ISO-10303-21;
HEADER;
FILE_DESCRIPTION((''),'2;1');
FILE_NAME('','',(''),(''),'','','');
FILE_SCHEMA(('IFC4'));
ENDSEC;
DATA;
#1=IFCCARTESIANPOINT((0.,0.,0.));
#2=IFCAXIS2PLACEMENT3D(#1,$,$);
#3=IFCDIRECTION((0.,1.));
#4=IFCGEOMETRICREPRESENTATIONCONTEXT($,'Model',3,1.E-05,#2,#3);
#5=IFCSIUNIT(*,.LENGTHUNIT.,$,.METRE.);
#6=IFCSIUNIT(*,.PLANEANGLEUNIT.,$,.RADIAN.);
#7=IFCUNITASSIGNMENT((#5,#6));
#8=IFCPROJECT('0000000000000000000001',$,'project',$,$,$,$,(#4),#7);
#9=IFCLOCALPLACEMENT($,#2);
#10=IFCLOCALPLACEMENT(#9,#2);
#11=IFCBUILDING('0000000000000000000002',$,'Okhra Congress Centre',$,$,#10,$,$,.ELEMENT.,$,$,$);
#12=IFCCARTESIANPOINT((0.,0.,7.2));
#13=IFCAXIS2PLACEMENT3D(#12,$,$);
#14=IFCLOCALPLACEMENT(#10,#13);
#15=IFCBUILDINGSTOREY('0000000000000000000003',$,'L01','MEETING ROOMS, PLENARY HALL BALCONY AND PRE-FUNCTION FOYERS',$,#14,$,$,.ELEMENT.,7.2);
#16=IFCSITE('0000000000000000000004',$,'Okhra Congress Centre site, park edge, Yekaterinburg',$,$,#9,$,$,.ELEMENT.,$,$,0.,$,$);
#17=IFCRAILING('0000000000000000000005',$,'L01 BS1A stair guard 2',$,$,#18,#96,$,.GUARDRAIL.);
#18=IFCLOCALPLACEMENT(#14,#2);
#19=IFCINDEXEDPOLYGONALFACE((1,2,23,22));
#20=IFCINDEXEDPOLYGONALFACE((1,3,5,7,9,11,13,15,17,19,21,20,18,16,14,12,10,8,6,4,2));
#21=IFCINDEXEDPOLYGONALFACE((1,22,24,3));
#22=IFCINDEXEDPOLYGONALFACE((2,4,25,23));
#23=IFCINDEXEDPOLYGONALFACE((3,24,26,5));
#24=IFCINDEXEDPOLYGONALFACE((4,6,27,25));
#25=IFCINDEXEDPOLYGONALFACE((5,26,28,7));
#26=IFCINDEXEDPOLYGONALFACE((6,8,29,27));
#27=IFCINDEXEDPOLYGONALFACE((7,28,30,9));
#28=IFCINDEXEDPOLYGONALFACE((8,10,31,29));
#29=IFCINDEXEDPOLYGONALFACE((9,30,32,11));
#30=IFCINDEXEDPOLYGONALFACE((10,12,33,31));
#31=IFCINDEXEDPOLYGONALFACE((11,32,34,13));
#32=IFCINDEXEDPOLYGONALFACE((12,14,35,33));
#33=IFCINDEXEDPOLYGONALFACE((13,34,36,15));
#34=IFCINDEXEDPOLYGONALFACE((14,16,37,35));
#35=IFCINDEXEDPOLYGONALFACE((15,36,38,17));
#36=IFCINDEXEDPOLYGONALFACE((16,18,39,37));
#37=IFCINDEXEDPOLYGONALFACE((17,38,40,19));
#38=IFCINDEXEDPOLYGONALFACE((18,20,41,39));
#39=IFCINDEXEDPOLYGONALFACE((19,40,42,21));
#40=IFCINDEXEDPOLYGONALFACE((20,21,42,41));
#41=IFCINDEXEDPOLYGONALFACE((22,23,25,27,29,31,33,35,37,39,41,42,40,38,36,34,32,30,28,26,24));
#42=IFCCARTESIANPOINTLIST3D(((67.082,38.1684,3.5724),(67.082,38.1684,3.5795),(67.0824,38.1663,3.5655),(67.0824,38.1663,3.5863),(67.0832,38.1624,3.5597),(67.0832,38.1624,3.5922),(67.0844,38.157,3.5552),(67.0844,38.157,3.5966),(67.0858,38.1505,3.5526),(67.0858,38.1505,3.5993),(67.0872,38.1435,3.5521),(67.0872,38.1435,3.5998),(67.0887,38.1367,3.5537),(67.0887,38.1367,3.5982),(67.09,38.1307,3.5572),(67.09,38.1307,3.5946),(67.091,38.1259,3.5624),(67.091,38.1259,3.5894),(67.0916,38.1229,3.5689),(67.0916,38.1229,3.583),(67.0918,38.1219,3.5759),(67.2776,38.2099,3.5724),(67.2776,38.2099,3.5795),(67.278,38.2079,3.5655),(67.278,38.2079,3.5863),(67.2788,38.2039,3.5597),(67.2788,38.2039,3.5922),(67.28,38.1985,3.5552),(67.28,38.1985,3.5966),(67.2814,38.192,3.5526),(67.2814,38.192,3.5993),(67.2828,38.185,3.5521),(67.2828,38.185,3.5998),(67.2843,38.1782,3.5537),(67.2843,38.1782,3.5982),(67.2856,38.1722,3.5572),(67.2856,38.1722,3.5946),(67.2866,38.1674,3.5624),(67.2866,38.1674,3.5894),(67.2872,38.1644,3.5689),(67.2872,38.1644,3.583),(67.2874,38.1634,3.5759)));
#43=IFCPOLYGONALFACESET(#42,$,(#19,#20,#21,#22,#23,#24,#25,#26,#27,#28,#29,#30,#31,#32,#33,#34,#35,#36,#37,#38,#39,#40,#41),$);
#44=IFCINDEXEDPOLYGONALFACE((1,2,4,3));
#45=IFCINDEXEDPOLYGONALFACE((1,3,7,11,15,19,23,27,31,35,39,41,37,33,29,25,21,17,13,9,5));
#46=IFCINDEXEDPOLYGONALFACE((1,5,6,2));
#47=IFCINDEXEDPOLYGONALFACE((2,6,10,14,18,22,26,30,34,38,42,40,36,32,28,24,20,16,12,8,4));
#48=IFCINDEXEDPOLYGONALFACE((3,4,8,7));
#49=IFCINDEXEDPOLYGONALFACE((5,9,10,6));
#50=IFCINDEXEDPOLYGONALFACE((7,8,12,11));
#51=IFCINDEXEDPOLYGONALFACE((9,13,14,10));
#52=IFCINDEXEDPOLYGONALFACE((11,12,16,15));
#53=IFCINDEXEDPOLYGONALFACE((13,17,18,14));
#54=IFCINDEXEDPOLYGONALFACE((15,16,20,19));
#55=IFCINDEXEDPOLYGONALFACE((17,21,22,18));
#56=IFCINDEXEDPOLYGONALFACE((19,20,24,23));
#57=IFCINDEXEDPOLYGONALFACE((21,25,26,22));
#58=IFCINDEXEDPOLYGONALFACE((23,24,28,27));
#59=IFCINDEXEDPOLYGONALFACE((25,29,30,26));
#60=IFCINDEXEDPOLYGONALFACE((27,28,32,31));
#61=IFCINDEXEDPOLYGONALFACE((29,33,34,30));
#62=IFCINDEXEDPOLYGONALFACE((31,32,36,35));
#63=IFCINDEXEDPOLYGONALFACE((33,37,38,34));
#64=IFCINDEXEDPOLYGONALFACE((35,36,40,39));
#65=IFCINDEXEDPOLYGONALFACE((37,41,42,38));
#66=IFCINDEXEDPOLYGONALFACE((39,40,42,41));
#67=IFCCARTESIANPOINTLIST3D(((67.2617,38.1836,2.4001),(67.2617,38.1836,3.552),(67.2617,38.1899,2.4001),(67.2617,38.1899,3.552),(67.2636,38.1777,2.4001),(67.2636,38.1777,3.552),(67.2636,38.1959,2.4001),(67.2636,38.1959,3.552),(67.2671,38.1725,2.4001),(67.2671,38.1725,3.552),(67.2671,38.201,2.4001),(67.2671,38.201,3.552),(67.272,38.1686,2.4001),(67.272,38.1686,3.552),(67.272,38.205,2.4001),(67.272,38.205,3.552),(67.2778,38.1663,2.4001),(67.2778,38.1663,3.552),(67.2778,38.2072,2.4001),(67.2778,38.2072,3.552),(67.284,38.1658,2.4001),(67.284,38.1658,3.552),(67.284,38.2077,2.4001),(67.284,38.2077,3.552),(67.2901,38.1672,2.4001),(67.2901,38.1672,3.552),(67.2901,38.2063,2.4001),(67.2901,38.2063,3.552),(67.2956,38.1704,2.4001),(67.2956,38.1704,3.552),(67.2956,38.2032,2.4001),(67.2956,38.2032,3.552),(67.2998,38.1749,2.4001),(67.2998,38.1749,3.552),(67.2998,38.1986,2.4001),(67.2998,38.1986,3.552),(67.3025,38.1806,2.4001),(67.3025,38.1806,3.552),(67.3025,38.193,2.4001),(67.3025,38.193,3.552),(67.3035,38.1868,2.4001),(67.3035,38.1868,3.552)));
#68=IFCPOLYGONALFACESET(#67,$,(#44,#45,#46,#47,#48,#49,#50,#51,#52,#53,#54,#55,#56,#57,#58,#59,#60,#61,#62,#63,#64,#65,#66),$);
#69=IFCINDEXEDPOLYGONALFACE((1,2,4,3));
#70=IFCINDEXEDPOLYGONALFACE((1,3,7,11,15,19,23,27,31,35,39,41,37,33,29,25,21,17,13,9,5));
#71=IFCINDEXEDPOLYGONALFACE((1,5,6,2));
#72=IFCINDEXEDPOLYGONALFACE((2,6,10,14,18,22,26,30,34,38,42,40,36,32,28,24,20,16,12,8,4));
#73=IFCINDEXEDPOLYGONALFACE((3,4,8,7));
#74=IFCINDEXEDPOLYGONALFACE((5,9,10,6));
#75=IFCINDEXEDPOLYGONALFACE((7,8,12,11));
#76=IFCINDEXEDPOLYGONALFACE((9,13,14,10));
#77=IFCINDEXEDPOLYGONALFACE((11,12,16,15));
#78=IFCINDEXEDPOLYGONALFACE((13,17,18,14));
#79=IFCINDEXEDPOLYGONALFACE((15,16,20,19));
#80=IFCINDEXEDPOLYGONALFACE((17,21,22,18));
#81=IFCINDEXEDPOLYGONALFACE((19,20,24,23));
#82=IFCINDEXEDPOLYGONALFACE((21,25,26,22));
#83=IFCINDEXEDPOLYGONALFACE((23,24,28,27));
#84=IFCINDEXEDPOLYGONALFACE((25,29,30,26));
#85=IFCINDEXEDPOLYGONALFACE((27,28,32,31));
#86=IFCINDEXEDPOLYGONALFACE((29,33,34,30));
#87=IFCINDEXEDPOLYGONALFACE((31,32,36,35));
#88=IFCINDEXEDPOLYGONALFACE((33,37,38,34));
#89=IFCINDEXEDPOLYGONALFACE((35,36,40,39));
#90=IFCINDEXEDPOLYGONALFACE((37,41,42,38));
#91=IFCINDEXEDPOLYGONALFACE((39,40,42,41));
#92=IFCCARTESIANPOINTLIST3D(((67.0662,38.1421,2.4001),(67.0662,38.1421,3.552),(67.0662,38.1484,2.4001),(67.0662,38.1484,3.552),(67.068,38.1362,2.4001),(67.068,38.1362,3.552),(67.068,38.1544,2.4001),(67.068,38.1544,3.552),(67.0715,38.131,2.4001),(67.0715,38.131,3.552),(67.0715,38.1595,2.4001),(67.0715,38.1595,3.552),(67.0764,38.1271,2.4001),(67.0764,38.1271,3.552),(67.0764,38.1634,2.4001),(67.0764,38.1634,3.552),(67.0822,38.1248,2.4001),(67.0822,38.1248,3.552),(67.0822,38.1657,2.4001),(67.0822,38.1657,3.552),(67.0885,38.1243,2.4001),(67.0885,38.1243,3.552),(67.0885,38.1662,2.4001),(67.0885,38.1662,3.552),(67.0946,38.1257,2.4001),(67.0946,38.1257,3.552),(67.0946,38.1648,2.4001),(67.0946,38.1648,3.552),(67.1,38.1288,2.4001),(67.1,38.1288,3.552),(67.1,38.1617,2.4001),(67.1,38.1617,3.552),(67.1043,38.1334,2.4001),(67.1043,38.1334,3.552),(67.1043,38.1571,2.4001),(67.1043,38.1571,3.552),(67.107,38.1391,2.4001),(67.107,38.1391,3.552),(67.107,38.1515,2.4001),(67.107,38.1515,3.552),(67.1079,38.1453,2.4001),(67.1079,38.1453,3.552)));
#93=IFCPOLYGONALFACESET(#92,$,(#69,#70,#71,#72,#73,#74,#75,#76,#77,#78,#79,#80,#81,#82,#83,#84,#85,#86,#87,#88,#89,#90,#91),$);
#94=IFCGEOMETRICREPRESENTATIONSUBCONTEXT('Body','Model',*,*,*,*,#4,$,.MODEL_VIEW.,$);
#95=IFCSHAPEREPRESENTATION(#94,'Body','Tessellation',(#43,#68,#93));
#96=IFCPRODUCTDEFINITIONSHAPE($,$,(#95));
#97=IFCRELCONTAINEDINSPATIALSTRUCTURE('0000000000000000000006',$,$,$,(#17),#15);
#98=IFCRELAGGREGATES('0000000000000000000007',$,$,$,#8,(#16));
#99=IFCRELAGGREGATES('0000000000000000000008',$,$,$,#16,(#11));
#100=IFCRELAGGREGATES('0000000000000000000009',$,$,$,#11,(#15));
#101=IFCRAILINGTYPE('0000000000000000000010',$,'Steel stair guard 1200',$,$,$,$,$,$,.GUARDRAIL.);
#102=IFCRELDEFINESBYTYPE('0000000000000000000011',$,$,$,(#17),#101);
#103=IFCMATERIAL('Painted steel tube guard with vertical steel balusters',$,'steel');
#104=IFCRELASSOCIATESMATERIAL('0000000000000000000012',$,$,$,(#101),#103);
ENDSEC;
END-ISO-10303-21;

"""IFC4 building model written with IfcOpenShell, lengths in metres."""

from ifc_helpers import new_model, si_unit, direction, frame, origin, origin_2d, place, context, subcontext, project, spatial, circle, extrude, material, type_object, element, save


model = new_model("IFC4")

# Units and contexts
model_context = context("Model", 3, precision=1e-05, world=origin(), true_north=direction((0.0, 1.0)))
body_context = subcontext(model_context, "Body", "Model", "MODEL_VIEW")
ifc_project = project(units=[si_unit("LENGTHUNIT", "METRE"), si_unit("PLANEANGLEUNIT", "RADIAN")], contexts=[model_context])

# Site, building, storey
site_placement = place(None, origin())
site = spatial("IfcSite", under=ifc_project, at=site_placement, Name="Okhra Congress Centre site, park edge, Yekaterinburg", CompositionType="ELEMENT", RefElevation=0.0)
building_placement = place(site_placement, origin())
building = spatial("IfcBuilding", under=site, at=building_placement, Name="Okhra Congress Centre", CompositionType="ELEMENT")
storey_placement = place(building_placement, frame((0.0, 0.0, 7.2)))
storey = spatial("IfcBuildingStorey", under=building, at=storey_placement, Name="L01", Description="MEETING ROOMS, PLENARY HALL BALCONY AND PRE-FUNCTION FOYERS", CompositionType="ELEMENT", Elevation=7.2)

# Railing
ifc_material_1 = material(Name="Painted steel tube guard with vertical steel balusters", Category="steel")
railing_type_1 = type_object("IfcRailingType", Name="Steel stair guard 1200", PredefinedType="GUARDRAIL", material=ifc_material_1)
railing_1_placement = place(storey_placement, frame((67.2825, 38.1868, 2.4001)))
element("IfcRailing", 1, at=railing_1_placement, inside=storey, type_object=railing_type_1, Name="L01 BS1A stair guard 2", PredefinedType="GUARDRAIL", context=body_context, shape_type="SweptSolid", body=[
    extrude(circle(Radius=0.0239, at=origin_2d()), frame((0.0, 0.0, 1.1758), z_axis=(-0.978212, -0.20761, 0.0), x_axis=(0.20761, -0.978212, 0.0)), (0.0, 0.0, 1.0), 0.2),
    extrude(circle(Radius=0.021, at=origin_2d()), origin(), (0.0, 0.0, 1.0), 1.1519),
    extrude(circle(Radius=0.021, at=origin_2d()), frame((-0.1956, -0.0415, 0.0)), (0.0, 0.0, 1.0), 1.1519),
])

save(model, "model.ifc")
